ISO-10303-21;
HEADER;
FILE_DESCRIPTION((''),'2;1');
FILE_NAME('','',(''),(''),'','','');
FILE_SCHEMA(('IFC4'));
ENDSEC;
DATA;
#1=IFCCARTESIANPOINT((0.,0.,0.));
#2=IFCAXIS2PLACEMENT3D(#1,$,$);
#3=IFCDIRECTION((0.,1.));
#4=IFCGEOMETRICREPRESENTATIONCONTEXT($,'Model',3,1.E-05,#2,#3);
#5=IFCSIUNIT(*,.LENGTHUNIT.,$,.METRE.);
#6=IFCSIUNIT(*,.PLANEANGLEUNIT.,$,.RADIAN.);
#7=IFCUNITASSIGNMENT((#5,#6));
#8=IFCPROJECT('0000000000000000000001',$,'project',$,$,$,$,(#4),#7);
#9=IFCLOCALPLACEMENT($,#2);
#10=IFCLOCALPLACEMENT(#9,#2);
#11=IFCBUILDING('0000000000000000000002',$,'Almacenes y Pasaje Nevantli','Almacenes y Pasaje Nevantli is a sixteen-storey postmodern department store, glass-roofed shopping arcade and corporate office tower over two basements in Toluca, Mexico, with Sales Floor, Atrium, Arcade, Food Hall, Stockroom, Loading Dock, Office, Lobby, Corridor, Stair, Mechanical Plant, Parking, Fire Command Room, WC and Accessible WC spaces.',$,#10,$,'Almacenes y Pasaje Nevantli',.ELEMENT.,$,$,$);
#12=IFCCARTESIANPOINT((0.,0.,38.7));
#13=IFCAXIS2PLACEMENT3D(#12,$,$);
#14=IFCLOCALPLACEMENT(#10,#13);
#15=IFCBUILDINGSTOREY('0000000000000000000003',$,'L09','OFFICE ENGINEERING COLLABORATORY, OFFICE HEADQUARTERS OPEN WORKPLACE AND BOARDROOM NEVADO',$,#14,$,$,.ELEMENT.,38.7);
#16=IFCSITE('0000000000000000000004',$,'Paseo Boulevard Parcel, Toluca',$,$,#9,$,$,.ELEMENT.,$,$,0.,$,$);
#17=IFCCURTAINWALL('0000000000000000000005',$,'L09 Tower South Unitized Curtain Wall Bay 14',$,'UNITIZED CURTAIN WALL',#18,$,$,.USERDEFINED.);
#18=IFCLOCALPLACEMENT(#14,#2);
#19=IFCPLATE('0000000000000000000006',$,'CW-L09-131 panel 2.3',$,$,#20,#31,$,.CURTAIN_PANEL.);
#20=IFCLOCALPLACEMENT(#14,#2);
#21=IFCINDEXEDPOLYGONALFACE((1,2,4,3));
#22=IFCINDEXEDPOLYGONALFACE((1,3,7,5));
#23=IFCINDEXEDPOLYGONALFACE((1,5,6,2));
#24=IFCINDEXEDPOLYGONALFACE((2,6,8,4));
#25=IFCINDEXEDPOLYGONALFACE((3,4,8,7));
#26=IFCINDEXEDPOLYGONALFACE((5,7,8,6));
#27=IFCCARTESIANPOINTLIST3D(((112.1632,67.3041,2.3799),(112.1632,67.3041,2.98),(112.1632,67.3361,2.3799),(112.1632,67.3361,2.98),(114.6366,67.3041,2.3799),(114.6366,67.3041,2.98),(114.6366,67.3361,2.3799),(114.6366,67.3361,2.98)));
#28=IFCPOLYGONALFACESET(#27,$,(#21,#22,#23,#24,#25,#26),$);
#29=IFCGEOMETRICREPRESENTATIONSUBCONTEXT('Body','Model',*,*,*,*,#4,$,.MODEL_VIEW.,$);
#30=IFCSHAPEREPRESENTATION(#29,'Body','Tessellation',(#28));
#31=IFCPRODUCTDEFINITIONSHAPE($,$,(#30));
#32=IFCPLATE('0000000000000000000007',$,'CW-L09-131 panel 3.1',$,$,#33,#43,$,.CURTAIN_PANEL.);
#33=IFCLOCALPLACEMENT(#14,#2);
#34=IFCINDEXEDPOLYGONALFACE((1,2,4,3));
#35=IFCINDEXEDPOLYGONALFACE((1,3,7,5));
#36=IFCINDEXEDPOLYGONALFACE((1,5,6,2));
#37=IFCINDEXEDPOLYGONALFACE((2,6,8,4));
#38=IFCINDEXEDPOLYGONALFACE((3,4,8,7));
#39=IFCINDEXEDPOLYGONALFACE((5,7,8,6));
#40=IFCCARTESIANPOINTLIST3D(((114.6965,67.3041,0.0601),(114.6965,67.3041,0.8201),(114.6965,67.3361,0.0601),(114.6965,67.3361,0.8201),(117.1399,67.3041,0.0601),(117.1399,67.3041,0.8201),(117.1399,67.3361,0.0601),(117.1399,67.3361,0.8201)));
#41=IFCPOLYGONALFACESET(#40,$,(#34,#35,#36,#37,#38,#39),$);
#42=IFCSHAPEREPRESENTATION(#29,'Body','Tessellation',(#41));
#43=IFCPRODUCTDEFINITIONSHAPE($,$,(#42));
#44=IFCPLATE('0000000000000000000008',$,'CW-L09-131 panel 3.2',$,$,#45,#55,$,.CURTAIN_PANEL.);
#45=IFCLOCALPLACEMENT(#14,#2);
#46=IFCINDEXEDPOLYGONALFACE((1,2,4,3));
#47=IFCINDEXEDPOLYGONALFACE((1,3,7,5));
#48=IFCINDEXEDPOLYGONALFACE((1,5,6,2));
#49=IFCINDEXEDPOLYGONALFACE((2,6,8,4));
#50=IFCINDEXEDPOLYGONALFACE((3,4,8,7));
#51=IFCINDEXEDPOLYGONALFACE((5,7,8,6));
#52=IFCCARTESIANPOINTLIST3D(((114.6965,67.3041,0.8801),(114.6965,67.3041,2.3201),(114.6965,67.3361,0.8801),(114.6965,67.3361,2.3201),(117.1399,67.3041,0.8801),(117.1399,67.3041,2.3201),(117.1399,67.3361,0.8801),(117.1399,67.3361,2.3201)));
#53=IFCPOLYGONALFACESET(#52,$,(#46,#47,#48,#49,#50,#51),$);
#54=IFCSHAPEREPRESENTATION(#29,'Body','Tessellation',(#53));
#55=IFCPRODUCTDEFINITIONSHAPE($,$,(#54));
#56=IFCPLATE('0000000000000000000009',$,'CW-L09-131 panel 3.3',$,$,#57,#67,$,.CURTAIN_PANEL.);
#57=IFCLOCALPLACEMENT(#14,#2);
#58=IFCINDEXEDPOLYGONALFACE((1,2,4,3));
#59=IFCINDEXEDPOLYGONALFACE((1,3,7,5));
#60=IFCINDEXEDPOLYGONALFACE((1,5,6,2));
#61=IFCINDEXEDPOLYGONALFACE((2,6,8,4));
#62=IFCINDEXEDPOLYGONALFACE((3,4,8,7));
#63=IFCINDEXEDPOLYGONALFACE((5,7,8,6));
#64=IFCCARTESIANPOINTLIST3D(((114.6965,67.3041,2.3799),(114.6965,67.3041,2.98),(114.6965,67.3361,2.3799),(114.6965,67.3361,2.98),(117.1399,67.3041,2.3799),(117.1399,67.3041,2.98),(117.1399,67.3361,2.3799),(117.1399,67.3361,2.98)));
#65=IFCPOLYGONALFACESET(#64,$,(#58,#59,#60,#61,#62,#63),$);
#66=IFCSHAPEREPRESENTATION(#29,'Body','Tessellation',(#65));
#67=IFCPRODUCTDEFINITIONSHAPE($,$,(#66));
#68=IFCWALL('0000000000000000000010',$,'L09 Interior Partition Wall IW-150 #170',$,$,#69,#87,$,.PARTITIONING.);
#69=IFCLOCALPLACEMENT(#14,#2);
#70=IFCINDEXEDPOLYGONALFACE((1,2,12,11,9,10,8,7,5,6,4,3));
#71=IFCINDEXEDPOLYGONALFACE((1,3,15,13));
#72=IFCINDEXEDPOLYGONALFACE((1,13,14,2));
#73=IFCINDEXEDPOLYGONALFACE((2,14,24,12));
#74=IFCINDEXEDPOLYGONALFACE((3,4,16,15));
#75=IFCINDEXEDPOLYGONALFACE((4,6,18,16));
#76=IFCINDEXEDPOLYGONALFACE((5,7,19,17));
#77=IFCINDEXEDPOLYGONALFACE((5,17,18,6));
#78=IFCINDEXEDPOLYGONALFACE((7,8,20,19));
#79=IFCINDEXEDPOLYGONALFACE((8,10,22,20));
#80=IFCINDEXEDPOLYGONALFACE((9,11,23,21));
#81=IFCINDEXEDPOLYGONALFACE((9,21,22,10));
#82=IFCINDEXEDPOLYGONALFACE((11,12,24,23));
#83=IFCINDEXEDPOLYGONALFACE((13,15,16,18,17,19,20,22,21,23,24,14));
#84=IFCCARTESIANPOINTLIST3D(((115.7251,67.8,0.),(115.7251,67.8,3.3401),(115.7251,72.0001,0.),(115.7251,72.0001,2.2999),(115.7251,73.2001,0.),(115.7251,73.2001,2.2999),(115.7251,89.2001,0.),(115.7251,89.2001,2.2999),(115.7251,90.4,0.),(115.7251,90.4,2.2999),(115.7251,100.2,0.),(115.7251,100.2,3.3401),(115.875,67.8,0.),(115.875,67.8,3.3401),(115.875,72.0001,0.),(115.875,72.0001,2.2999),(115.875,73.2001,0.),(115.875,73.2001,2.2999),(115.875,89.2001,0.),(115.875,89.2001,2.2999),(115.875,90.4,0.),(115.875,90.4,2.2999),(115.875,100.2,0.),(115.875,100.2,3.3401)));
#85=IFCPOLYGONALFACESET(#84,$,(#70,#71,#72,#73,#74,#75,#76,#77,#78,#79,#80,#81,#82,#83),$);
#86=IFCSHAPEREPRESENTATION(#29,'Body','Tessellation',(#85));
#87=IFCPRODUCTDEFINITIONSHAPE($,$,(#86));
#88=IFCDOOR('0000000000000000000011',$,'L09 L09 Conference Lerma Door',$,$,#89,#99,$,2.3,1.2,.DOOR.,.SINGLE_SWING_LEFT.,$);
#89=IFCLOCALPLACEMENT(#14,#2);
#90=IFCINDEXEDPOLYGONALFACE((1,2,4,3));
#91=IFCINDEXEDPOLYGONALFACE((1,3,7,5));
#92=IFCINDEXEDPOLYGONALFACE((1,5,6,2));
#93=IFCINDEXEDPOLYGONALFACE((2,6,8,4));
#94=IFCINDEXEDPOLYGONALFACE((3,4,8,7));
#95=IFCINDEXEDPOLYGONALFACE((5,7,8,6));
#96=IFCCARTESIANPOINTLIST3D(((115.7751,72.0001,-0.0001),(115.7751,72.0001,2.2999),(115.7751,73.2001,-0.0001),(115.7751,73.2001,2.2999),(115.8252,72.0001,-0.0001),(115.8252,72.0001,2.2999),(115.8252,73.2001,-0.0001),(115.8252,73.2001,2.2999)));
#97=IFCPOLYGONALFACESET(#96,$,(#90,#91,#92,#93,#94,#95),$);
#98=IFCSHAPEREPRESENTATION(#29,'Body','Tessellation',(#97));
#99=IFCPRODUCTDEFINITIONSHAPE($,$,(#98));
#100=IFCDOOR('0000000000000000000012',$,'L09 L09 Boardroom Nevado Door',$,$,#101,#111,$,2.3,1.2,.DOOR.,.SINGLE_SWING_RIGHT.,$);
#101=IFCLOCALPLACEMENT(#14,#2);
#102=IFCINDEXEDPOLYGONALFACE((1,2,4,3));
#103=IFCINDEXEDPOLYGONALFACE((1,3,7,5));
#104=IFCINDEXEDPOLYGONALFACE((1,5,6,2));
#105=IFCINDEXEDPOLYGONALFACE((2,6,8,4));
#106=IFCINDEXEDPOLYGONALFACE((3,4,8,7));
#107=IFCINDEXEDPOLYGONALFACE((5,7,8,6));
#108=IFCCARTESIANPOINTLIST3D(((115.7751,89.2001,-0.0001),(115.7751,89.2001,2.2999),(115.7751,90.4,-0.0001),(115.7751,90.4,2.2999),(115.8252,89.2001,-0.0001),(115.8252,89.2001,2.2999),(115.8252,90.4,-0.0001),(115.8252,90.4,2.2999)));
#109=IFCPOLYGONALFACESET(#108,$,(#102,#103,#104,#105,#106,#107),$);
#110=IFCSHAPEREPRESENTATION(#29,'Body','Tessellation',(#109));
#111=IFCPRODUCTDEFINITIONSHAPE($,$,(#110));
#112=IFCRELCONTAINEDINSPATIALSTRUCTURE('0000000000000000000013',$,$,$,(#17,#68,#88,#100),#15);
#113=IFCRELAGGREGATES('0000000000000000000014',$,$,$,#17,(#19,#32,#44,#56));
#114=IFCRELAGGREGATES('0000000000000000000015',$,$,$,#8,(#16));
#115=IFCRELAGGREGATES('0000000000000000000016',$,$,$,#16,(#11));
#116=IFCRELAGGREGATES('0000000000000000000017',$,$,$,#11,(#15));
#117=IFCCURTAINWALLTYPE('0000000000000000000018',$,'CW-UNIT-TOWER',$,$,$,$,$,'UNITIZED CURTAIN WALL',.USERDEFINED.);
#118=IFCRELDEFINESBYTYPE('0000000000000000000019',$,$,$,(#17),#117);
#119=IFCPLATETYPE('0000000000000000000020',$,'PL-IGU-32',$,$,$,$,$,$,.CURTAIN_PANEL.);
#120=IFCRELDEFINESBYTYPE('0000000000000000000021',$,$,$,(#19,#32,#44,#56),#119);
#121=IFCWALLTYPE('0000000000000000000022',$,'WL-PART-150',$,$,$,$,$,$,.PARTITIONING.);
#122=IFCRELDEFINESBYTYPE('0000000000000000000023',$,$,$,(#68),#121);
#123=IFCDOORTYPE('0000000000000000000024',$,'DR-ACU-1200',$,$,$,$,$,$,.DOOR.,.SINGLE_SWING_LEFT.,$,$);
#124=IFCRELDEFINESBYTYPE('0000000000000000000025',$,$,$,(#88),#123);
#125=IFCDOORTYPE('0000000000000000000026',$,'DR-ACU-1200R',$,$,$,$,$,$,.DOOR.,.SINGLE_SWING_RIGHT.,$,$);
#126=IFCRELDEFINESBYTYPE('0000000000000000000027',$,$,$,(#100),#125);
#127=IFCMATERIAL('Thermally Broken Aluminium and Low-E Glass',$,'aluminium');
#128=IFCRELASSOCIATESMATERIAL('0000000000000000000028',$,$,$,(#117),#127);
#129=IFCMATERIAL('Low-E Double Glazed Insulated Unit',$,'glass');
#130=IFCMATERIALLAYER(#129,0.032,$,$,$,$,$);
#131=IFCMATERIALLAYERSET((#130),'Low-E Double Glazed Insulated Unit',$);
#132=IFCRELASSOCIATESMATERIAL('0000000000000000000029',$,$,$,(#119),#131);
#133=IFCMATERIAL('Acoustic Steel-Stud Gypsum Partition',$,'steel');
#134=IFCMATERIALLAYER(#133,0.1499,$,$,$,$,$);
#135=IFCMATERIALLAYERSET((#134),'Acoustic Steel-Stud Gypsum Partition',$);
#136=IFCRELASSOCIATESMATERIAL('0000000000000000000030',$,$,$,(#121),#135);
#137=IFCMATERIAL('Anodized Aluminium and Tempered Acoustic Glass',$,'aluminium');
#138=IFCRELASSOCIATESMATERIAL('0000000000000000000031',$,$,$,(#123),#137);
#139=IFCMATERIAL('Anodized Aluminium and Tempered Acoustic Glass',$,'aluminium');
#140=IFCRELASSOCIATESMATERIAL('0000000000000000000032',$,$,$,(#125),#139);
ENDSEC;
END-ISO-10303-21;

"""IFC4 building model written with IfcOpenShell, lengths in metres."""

from ifc_helpers import new_model, si_unit, direction, frame, frame_2d, origin, origin_2d, place, context, subcontext, project, spatial, rectangle, extrude, material, layer, layer_set, type_object, element, fill, aggregate, save


model = new_model("IFC4")

# Units and contexts
model_context = context("Model", 3, precision=1e-05, world=origin(), true_north=direction((0.0, 1.0)))
body_context = subcontext(model_context, "Body", "Model", "MODEL_VIEW")
ifc_project = project(units=[si_unit("LENGTHUNIT", "METRE"), si_unit("PLANEANGLEUNIT", "RADIAN")], contexts=[model_context])

# Site, building, storey
site_placement = place(None, origin())
site = spatial("IfcSite", under=ifc_project, at=site_placement, Name="Paseo Boulevard Parcel, Toluca", CompositionType="ELEMENT", RefElevation=0.0)
building_placement = place(site_placement, origin())
building = spatial("IfcBuilding", under=site, at=building_placement, Name="Almacenes y Pasaje Nevantli", Description="Almacenes y Pasaje Nevantli is a sixteen-storey postmodern department store, glass-roofed shopping arcade and corporate office tower over two basements in Toluca, Mexico, with Sales Floor, Atrium, Arcade, Food Hall, Stockroom, Loading Dock, Office, Lobby, Corridor, Stair, Mechanical Plant, Parking, Fire Command Room, WC and Accessible WC spaces.", LongName="Almacenes y Pasaje Nevantli", CompositionType="ELEMENT")
storey_placement = place(building_placement, frame((0.0, 0.0, 38.7)))
storey = spatial("IfcBuildingStorey", under=building, at=storey_placement, Name="L09", Description="OFFICE ENGINEERING COLLABORATORY, OFFICE HEADQUARTERS OPEN WORKPLACE AND BOARDROOM NEVADO", CompositionType="ELEMENT", Elevation=38.7)

# Curtain wall, plates
ifc_material_1 = material(Name="Thermally Broken Aluminium and Low-E Glass", Category="aluminium")
curtain_wall_type = type_object("IfcCurtainWallType", Name="CW-UNIT-TOWER", ElementType="UNITIZED CURTAIN WALL", PredefinedType="USERDEFINED", material=ifc_material_1)
curtain_wall_placement = place(storey_placement, origin())
curtain_wall = element("IfcCurtainWall", 1, at=curtain_wall_placement, inside=storey, type_object=curtain_wall_type, Name="L09 Tower South Unitized Curtain Wall Bay 14", ObjectType="UNITIZED CURTAIN WALL", PredefinedType="USERDEFINED")
ifc_material_2 = material(Name="Low-E Double Glazed Insulated Unit", Category="glass")
ifc_layer_1 = layer(ifc_material_2, 0.032)
ifc_layer_set_1 = layer_set([ifc_layer_1], Name="Low-E Double Glazed Insulated Unit")
plate_type = type_object("IfcPlateType", Name="PL-IGU-32", PredefinedType="CURTAIN_PANEL", material=ifc_layer_set_1)
plate_1_placement = place(storey_placement, frame((113.3999, 67.3201, 2.3799), z_axis=(0.0, 0.0, 1.0), x_axis=(1.0, 0.0, 0.0)))
plate_1 = element("IfcPlate", 2, at=plate_1_placement, type_object=plate_type, Name="CW-L09-131 panel 2.3", PredefinedType="CURTAIN_PANEL", context=body_context, shape_type="SweptSolid", body=[
    extrude(rectangle(XDim=2.4734, YDim=0.032, at=origin_2d()), origin(), (0.0, 0.0, 1.0), 0.6001),
])
plate_2_placement = place(storey_placement, frame((115.9182, 67.3201, 0.0601), z_axis=(0.0, 0.0, 1.0), x_axis=(1.0, 0.0, 0.0)))
plate_2 = element("IfcPlate", 3, at=plate_2_placement, type_object=plate_type, Name="CW-L09-131 panel 3.1", PredefinedType="CURTAIN_PANEL", context=body_context, shape_type="SweptSolid", body=[
    extrude(rectangle(XDim=2.4434, YDim=0.032, at=origin_2d()), origin(), (0.0, 0.0, 1.0), 0.76),
])
plate_3_placement = place(storey_placement, frame((115.9182, 67.3201, 0.8801), z_axis=(0.0, 0.0, 1.0), x_axis=(1.0, 0.0, 0.0)))
plate_3 = element("IfcPlate", 4, at=plate_3_placement, type_object=plate_type, Name="CW-L09-131 panel 3.2", PredefinedType="CURTAIN_PANEL", context=body_context, shape_type="SweptSolid", body=[
    extrude(rectangle(XDim=2.4434, YDim=0.032, at=origin_2d()), origin(), (0.0, 0.0, 1.0), 1.4399),
])
plate_4_placement = place(storey_placement, frame((115.9182, 67.3201, 2.3799), z_axis=(0.0, 0.0, 1.0), x_axis=(1.0, 0.0, 0.0)))
plate_4 = element("IfcPlate", 5, at=plate_4_placement, type_object=plate_type, Name="CW-L09-131 panel 3.3", PredefinedType="CURTAIN_PANEL", context=body_context, shape_type="SweptSolid", body=[
    extrude(rectangle(XDim=2.4434, YDim=0.032, at=origin_2d()), origin(), (0.0, 0.0, 1.0), 0.6001),
])
aggregate(curtain_wall, [plate_1, plate_2, plate_3, plate_4])

# Wall, openings, doors
ifc_material_3 = material(Name="Acoustic Steel-Stud Gypsum Partition", Category="steel")
ifc_layer_2 = layer(ifc_material_3, 0.1499)
ifc_layer_set_2 = layer_set([ifc_layer_2], Name="Acoustic Steel-Stud Gypsum Partition")
wall_type = type_object("IfcWallType", Name="WL-PART-150", PredefinedType="PARTITIONING", material=ifc_layer_set_2)
wall_placement = place(storey_placement, frame((115.8, 67.8, 0.0), z_axis=(0.0, 0.0, 1.0), x_axis=(0.0, 1.0, 0.0)))
wall = element("IfcWall", 6, at=wall_placement, inside=storey, type_object=wall_type, Name="L09 Interior Partition Wall IW-150 #170", PredefinedType="PARTITIONING", context=body_context, shape_type="SweptSolid", body=[
    extrude(rectangle(XDim=32.3999, YDim=0.1499, at=frame_2d((16.2, 0.0))), origin(), (0.0, 0.0, 1.0), 3.3401),
])
opening_1_placement = place(wall_placement, frame((4.2, 0.0, 0.0)))
opening_1 = element("IfcOpeningElement", 7, at=opening_1_placement, cuts=wall, PredefinedType="OPENING", context=body_context, shape_type="SweptSolid", body=[
    extrude(rectangle(XDim=1.2, YDim=2.3, at=frame_2d((0.6001, 1.1499))), frame((0.0, 0.085, 0.0), z_axis=(0.0, -1.0, 0.0), x_axis=(1.0, 0.0, 0.0)), (0.0, 0.0, 1.0), 0.1699),
])
opening_2_placement = place(wall_placement, frame((21.3999, 0.0, 0.0)))
opening_2 = element("IfcOpeningElement", 8, at=opening_2_placement, cuts=wall, PredefinedType="OPENING", context=body_context, shape_type="SweptSolid", body=[
    extrude(rectangle(XDim=1.2, YDim=2.3, at=frame_2d((0.6001, 1.1499))), frame((0.0, 0.085, 0.0), z_axis=(0.0, -1.0, 0.0), x_axis=(1.0, 0.0, 0.0)), (0.0, 0.0, 1.0), 0.1699),
])
ifc_material_4 = material(Name="Anodized Aluminium and Tempered Acoustic Glass", Category="aluminium")
door_type_1 = type_object("IfcDoorType", Name="DR-ACU-1200", OperationType="SINGLE_SWING_LEFT", PredefinedType="DOOR", material=ifc_material_4)
door_1_placement = place(opening_1_placement, origin())
door_1 = element("IfcDoor", 9, at=door_1_placement, inside=storey, type_object=door_type_1, Name="L09 L09 Conference Lerma Door", OperationType="SINGLE_SWING_LEFT", OverallHeight=2.3, OverallWidth=1.2, PredefinedType="DOOR", context=body_context, shape_type="SweptSolid", body=[
    extrude(rectangle(XDim=1.2, YDim=2.3, at=frame_2d((0.6001, 1.1499))), frame((0.0, 0.0249, 0.0), z_axis=(0.0, -1.0, 0.0), x_axis=(1.0, 0.0, 0.0)), (0.0, 0.0, 1.0), 0.05),
])
fill(opening_1, door_1)
ifc_material_5 = material(Name="Anodized Aluminium and Tempered Acoustic Glass", Category="aluminium")
door_type_2 = type_object("IfcDoorType", Name="DR-ACU-1200R", OperationType="SINGLE_SWING_RIGHT", PredefinedType="DOOR", material=ifc_material_5)
door_2_placement = place(opening_2_placement, origin())
door_2 = element("IfcDoor", 10, at=door_2_placement, inside=storey, type_object=door_type_2, Name="L09 L09 Boardroom Nevado Door", OperationType="SINGLE_SWING_RIGHT", OverallHeight=2.3, OverallWidth=1.2, PredefinedType="DOOR", context=body_context, shape_type="SweptSolid", body=[
    extrude(rectangle(XDim=1.2, YDim=2.3, at=frame_2d((0.6001, 1.1499))), frame((0.0, 0.0249, 0.0), z_axis=(0.0, -1.0, 0.0), x_axis=(1.0, 0.0, 0.0)), (0.0, 0.0, 1.0), 0.05),
])
fill(opening_2, door_2)

save(model, "model.ifc")
